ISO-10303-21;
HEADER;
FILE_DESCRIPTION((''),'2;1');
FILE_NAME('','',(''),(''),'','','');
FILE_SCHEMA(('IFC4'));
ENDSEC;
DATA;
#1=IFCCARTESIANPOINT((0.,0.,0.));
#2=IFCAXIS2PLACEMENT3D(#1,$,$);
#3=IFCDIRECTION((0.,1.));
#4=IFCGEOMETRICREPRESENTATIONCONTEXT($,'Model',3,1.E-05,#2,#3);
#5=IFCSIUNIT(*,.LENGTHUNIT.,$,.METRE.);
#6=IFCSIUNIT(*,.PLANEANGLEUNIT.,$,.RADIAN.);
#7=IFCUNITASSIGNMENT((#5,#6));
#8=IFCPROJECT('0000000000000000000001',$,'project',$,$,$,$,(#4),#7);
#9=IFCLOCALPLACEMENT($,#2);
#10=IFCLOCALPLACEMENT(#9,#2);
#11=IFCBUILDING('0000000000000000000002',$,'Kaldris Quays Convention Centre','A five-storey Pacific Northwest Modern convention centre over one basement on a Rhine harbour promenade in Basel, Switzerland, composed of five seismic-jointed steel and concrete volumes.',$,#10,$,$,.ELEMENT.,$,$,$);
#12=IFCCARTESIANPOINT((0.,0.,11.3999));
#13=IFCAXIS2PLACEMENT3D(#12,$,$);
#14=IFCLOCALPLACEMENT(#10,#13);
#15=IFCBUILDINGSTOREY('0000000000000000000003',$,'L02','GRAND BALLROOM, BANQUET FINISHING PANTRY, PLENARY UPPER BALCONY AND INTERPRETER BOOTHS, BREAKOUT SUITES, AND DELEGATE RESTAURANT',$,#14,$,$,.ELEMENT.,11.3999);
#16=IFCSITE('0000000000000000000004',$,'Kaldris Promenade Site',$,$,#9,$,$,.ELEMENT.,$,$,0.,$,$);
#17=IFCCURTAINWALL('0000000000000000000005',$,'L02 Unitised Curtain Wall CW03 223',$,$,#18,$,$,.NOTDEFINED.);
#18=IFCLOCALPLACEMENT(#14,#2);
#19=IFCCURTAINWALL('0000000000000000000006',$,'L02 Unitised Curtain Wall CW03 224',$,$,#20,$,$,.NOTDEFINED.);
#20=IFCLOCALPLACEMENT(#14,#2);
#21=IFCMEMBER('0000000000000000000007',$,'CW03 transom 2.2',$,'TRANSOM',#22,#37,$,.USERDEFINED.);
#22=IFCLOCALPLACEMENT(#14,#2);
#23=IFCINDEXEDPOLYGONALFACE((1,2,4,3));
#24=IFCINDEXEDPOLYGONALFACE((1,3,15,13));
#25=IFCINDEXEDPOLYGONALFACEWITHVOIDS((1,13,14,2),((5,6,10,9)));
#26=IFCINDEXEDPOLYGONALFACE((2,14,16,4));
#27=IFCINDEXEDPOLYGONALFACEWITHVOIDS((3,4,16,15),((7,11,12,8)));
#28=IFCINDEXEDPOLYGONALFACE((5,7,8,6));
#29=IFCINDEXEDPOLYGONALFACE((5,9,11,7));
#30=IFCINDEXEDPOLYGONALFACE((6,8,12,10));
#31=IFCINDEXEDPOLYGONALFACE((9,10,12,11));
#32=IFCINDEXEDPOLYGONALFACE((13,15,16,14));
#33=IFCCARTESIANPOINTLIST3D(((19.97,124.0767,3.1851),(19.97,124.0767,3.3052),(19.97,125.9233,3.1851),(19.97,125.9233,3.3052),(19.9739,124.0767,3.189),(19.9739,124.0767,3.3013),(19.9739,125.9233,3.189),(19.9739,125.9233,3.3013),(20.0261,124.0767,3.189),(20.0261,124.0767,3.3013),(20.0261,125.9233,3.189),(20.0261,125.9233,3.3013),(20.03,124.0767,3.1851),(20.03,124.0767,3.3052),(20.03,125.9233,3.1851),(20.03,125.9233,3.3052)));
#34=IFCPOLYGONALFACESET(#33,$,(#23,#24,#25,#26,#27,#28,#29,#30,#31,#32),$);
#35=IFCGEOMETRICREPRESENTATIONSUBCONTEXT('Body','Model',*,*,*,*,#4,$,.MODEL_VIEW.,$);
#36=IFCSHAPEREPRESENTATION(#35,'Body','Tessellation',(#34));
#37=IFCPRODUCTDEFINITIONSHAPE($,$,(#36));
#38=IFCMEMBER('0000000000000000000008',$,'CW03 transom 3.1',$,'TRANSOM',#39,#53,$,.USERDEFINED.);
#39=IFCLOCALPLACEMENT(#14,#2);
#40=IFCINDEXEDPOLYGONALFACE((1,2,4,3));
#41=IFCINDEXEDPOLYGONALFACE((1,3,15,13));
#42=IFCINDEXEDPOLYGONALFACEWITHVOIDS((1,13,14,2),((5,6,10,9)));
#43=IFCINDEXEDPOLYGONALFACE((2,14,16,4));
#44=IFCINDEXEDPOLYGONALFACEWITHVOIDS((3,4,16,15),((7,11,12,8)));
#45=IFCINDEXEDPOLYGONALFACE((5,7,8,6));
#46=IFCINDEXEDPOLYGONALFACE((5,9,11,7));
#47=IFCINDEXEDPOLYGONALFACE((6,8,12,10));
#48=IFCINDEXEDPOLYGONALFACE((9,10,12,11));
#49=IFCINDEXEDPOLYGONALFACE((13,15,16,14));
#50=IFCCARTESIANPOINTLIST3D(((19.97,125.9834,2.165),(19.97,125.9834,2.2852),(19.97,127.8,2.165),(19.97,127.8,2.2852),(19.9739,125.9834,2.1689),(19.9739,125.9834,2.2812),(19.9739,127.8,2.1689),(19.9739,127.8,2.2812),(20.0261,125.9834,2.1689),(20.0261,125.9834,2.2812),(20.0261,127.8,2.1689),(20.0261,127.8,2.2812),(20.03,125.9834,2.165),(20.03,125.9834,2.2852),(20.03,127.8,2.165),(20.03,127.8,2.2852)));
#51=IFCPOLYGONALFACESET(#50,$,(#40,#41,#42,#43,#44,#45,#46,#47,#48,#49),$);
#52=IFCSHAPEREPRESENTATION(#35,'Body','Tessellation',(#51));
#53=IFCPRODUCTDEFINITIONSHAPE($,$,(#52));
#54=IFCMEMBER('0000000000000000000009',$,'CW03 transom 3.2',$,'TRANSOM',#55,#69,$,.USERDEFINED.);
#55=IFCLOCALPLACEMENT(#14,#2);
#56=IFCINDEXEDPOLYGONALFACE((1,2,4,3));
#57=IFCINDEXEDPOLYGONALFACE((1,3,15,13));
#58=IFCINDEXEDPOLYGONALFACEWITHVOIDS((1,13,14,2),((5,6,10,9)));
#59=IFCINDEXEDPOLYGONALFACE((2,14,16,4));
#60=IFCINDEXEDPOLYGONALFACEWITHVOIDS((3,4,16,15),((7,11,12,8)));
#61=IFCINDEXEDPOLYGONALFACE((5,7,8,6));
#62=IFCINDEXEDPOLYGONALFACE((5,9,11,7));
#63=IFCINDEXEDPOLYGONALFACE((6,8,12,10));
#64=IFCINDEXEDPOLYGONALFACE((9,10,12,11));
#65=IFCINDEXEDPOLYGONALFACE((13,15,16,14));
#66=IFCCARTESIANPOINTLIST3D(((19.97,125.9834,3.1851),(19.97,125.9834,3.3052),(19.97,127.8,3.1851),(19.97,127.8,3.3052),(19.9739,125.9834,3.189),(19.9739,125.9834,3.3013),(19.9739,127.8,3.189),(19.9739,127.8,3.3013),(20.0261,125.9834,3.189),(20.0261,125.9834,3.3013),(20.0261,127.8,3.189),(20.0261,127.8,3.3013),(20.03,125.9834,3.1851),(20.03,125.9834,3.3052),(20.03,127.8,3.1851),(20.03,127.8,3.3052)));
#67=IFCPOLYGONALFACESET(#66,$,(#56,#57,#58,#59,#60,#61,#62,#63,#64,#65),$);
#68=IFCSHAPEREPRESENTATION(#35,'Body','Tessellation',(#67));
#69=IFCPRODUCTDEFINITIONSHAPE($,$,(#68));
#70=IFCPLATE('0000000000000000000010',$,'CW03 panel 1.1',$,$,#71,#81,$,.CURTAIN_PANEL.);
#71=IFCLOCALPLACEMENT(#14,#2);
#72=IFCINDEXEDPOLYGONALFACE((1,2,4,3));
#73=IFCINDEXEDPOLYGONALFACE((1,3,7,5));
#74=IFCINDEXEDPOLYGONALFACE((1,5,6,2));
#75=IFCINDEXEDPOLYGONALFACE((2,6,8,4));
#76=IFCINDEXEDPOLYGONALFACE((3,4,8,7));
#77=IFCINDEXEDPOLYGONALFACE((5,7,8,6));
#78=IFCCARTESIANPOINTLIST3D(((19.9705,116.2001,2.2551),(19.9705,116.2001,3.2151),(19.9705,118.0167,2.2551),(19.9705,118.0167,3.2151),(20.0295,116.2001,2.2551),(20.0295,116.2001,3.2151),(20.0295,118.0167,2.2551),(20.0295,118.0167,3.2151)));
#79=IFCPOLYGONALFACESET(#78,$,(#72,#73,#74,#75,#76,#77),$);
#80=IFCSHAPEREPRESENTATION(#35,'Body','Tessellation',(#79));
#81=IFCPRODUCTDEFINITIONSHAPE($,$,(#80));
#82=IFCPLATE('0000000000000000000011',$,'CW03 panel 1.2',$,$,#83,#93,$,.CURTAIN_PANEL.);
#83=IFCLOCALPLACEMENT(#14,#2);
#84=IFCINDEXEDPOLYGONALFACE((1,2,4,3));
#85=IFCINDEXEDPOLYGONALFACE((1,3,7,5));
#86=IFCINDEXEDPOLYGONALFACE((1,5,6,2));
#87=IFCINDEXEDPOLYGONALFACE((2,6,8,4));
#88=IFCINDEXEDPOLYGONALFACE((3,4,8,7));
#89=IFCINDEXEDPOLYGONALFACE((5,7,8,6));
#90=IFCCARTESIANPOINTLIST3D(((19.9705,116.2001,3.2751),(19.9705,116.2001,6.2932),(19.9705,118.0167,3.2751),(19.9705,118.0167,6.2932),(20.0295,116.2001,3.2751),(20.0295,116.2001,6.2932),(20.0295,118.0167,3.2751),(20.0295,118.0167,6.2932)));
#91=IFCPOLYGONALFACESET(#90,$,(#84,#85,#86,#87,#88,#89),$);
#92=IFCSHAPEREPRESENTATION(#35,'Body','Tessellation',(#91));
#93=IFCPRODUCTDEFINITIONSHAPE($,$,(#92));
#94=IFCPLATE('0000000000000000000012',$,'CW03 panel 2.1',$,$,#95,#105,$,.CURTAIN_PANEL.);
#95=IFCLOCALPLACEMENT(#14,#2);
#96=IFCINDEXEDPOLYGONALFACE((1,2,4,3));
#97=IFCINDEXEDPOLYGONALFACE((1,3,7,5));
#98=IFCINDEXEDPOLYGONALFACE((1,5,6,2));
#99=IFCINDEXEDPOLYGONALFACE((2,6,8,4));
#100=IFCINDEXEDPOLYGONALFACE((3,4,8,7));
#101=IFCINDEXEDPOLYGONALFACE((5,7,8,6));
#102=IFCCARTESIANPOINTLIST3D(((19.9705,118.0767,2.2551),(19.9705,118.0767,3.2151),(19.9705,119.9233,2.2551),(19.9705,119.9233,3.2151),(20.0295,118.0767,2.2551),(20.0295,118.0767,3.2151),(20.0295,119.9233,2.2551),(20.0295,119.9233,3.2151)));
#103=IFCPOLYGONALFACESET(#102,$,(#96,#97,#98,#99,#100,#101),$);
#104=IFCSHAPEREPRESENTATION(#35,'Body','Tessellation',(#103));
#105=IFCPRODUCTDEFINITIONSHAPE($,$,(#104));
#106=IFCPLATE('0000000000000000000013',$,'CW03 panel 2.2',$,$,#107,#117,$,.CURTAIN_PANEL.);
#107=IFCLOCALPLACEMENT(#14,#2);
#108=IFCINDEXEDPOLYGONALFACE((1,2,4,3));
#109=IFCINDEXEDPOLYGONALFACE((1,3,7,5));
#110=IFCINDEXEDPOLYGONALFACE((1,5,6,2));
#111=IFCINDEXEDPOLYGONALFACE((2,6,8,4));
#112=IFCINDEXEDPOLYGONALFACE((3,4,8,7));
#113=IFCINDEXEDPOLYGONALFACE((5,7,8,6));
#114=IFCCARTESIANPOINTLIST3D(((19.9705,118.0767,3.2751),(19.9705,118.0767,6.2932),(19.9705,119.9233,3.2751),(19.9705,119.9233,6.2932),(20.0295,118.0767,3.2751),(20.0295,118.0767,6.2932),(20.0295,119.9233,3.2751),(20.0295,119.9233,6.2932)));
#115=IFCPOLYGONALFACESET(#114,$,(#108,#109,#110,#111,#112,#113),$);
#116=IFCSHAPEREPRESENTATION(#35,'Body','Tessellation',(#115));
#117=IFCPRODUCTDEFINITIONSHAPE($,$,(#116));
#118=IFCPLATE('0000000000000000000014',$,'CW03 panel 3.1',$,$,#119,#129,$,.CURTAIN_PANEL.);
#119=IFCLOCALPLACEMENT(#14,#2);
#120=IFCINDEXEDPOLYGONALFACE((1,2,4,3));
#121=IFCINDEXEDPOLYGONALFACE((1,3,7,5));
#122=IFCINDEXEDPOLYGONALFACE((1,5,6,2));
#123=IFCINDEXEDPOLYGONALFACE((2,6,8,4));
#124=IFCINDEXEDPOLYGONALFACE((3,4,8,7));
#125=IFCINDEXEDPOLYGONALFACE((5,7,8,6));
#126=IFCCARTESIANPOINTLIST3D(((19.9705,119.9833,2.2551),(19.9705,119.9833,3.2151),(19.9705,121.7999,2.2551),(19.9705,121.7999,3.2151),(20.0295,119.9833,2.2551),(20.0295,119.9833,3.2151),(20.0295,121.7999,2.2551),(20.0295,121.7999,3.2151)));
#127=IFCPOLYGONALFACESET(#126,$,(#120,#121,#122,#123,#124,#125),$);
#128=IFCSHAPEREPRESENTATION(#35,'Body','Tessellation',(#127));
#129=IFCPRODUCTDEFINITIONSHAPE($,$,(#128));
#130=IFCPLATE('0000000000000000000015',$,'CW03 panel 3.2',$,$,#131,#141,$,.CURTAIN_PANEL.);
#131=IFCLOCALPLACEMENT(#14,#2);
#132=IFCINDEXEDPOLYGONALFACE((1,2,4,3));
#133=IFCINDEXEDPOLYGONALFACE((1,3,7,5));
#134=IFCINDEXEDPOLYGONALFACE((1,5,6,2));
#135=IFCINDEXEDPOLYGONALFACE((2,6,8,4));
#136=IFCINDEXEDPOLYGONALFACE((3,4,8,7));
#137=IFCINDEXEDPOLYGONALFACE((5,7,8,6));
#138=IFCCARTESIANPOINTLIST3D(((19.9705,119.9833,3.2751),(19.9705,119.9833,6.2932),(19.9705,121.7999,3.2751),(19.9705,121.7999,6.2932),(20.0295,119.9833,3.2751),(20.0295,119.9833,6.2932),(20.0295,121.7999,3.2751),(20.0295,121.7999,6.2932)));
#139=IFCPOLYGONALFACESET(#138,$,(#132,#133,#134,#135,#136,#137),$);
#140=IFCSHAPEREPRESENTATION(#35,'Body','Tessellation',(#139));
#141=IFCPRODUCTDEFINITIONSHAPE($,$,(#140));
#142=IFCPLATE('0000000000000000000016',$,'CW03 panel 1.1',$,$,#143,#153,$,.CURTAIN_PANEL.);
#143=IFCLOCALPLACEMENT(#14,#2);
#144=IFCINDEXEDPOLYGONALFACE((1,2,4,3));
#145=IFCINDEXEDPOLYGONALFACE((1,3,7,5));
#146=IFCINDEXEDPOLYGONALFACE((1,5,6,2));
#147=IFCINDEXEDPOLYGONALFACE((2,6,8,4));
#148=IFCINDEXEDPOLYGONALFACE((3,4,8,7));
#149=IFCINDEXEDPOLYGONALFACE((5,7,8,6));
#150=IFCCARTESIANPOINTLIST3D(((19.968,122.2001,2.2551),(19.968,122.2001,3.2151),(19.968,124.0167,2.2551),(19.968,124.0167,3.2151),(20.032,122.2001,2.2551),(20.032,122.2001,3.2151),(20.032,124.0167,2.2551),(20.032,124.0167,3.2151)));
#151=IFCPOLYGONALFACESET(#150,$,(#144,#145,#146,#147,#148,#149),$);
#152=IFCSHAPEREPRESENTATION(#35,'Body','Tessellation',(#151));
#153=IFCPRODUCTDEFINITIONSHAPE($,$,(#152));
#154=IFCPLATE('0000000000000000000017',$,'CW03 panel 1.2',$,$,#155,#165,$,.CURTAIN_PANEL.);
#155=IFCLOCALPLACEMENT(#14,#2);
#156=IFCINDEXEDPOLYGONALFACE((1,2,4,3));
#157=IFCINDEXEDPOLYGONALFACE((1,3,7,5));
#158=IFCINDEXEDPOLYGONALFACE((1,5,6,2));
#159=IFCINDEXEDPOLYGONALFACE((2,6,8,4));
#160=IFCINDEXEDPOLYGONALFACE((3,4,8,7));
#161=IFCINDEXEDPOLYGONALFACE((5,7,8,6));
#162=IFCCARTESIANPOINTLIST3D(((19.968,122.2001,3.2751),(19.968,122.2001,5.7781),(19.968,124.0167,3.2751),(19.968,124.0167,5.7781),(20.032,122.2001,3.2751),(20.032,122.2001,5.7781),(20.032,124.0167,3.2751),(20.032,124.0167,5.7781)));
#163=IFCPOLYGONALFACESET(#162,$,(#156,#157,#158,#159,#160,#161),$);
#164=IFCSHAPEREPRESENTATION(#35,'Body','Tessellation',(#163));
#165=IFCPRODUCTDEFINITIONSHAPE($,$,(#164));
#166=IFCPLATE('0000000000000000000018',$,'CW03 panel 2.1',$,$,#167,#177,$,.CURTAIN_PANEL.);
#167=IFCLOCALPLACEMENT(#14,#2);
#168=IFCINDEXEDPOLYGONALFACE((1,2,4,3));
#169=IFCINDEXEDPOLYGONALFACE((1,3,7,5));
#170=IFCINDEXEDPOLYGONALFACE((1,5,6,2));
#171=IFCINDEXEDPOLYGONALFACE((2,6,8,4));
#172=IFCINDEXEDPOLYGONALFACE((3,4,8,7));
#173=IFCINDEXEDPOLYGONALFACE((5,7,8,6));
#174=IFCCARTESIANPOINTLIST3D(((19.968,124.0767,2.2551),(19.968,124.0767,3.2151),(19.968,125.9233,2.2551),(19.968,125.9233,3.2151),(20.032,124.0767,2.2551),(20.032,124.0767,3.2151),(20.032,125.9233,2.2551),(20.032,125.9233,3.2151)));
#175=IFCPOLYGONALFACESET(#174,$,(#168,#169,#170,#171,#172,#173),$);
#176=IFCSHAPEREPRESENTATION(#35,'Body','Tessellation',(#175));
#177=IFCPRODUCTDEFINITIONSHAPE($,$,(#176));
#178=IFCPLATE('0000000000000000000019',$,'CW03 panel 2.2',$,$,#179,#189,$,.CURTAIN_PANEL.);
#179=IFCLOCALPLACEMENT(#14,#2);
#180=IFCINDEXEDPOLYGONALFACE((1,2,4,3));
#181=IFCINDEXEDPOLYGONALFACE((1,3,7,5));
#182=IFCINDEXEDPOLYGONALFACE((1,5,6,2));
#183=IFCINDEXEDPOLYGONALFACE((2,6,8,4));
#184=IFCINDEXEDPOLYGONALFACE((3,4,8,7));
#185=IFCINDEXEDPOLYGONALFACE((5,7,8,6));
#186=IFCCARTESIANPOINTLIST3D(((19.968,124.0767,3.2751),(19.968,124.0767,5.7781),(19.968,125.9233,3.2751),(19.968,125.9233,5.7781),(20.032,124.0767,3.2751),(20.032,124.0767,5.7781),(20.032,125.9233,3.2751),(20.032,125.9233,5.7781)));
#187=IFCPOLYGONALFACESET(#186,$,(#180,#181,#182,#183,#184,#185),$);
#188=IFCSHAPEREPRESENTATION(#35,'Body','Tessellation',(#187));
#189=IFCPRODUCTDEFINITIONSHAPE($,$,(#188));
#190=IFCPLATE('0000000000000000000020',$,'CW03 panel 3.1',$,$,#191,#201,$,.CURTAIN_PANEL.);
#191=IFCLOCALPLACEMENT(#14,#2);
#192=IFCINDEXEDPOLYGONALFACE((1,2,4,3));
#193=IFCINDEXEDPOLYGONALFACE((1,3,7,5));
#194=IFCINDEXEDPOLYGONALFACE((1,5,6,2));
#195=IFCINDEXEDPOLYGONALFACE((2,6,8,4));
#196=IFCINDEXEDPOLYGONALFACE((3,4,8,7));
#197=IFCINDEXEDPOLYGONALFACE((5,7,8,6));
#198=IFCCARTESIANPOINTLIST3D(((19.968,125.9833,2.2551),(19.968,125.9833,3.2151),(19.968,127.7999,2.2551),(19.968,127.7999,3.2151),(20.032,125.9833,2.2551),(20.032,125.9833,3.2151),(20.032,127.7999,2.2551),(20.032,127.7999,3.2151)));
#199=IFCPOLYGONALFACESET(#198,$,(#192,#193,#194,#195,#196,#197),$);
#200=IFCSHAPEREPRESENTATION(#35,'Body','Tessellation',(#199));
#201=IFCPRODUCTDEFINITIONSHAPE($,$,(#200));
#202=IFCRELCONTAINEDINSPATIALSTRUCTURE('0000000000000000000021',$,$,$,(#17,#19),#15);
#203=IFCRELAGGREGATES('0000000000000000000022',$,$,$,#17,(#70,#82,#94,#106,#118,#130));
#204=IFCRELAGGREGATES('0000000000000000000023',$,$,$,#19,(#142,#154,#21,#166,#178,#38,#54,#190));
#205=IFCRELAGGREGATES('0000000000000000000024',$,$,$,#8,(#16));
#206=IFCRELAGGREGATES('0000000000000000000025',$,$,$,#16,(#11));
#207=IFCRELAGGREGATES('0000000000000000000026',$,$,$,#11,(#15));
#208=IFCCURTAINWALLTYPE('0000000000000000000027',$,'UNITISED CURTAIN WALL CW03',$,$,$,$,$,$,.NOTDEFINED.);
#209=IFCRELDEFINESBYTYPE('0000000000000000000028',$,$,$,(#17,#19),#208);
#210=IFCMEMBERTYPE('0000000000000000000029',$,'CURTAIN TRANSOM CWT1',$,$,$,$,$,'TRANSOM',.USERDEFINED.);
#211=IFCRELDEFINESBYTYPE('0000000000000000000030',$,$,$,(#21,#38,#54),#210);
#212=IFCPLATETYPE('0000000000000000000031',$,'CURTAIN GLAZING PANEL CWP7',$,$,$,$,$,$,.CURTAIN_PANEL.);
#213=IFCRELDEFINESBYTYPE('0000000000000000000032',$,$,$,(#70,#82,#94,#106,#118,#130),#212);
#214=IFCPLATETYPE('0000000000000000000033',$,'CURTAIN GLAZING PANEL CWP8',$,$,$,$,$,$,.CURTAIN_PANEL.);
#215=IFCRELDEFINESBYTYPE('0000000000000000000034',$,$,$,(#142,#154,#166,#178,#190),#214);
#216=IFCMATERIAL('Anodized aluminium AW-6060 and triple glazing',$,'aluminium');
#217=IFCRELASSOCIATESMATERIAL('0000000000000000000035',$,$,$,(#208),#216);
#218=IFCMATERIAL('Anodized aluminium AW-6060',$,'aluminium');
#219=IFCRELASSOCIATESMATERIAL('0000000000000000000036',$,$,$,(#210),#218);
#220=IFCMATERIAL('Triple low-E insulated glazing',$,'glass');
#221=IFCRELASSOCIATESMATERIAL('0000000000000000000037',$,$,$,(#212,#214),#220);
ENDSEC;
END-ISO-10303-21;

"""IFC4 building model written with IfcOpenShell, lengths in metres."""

from ifc_helpers import new_model, si_unit, direction, frame, origin, origin_2d, place, context, subcontext, project, spatial, rectangle, hollow_rectangle, extrude, material, material_profile, profile_set, type_object, element, aggregate, save


model = new_model("IFC4")

# Units and contexts
model_context = context("Model", 3, precision=1e-05, world=origin(), true_north=direction((0.0, 1.0)))
body_context = subcontext(model_context, "Body", "Model", "MODEL_VIEW")
ifc_project = project(units=[si_unit("LENGTHUNIT", "METRE"), si_unit("PLANEANGLEUNIT", "RADIAN")], contexts=[model_context])

# Site, building, storey
site_placement = place(None, origin())
site = spatial("IfcSite", under=ifc_project, at=site_placement, Name="Kaldris Promenade Site", CompositionType="ELEMENT", RefElevation=0.0)
building_placement = place(site_placement, origin())
building = spatial("IfcBuilding", under=site, at=building_placement, Name="Kaldris Quays Convention Centre", Description="A five-storey Pacific Northwest Modern convention centre over one basement on a Rhine harbour promenade in Basel, Switzerland, composed of five seismic-jointed steel and concrete volumes.", CompositionType="ELEMENT")
storey_placement = place(building_placement, frame((0.0, 0.0, 11.3999)))
storey = spatial("IfcBuildingStorey", under=building, at=storey_placement, Name="L02", Description="GRAND BALLROOM, BANQUET FINISHING PANTRY, PLENARY UPPER BALCONY AND INTERPRETER BOOTHS, BREAKOUT SUITES, AND DELEGATE RESTAURANT", CompositionType="ELEMENT", Elevation=11.3999)

# Curtain walls
ifc_material_1 = material(Name="Anodized aluminium AW-6060 and triple glazing", Category="aluminium")
curtain_wall_type = type_object("IfcCurtainWallType", Name="UNITISED CURTAIN WALL CW03", PredefinedType="NOTDEFINED", material=ifc_material_1)
curtain_wall_1_placement = place(storey_placement, origin())
curtain_wall_1 = element("IfcCurtainWall", 1, at=curtain_wall_1_placement, inside=storey, type_object=curtain_wall_type, Name="L02 Unitised Curtain Wall CW03 223", PredefinedType="NOTDEFINED")
ifc_material_2 = material(Name="Anodized aluminium AW-6060", Category="aluminium")
curtain_wall_2_placement = place(storey_placement, origin())
curtain_wall_2 = element("IfcCurtainWall", 2, at=curtain_wall_2_placement, inside=storey, type_object=curtain_wall_type, Name="L02 Unitised Curtain Wall CW03 224", PredefinedType="NOTDEFINED")

# Members
ifc_material_profile_1 = material_profile(ifc_material_2, hollow_rectangle(XDim=0.0601, YDim=0.1201, WallThickness=0.0039, at=origin_2d()), Name="RHS 120x60x4")
ifc_profile_set_1 = profile_set([ifc_material_profile_1], Name="Anodized aluminium AW-6060")
member_type_1 = type_object("IfcMemberType", Name="CURTAIN TRANSOM CWT1", ElementType="TRANSOM", PredefinedType="USERDEFINED", material=ifc_profile_set_1)
member_1_placement = place(storey_placement, frame((20.0, 124.0767, 3.2451), z_axis=(0.0, 1.0, 0.0), x_axis=(-1.0, 0.0, 0.0)))
member_1 = element("IfcMember", 3, at=member_1_placement, type_object=member_type_1, Name="CW03 transom 2.2", ObjectType="TRANSOM", PredefinedType="USERDEFINED", context=body_context, shape_type="SweptSolid", body=[
    extrude(hollow_rectangle(XDim=0.0601, YDim=0.1201, WallThickness=0.0039, at=origin_2d()), origin(), (0.0, 0.0, 1.0), 1.8467),
])
member_2_placement = place(storey_placement, frame((20.0, 125.9834, 2.2251), z_axis=(0.0, 1.0, 0.0), x_axis=(-1.0, 0.0, 0.0)))
member_2 = element("IfcMember", 4, at=member_2_placement, type_object=member_type_1, Name="CW03 transom 3.1", ObjectType="TRANSOM", PredefinedType="USERDEFINED", context=body_context, shape_type="SweptSolid", body=[
    extrude(hollow_rectangle(XDim=0.0601, YDim=0.1201, WallThickness=0.0039, at=origin_2d()), origin(), (0.0, 0.0, 1.0), 1.8167),
])
member_3_placement = place(storey_placement, frame((20.0, 125.9834, 3.2451), z_axis=(0.0, 1.0, 0.0), x_axis=(-1.0, 0.0, 0.0)))
member_3 = element("IfcMember", 5, at=member_3_placement, type_object=member_type_1, Name="CW03 transom 3.2", ObjectType="TRANSOM", PredefinedType="USERDEFINED", context=body_context, shape_type="SweptSolid", body=[
    extrude(hollow_rectangle(XDim=0.0601, YDim=0.1201, WallThickness=0.0039, at=origin_2d()), origin(), (0.0, 0.0, 1.0), 1.8167),
])

# Plates
ifc_material_3 = material(Name="Triple low-E insulated glazing", Category="glass")
plate_type_1 = type_object("IfcPlateType", Name="CURTAIN GLAZING PANEL CWP7", PredefinedType="CURTAIN_PANEL", material=ifc_material_3)
plate_1_placement = place(storey_placement, frame((20.0, 117.1084, 2.2551), z_axis=(0.0, 0.0, 1.0), x_axis=(0.0, 1.0, 0.0)))
plate_1 = element("IfcPlate", 6, at=plate_1_placement, type_object=plate_type_1, Name="CW03 panel 1.1", PredefinedType="CURTAIN_PANEL", context=body_context, shape_type="SweptSolid", body=[
    extrude(rectangle(XDim=1.8167, YDim=0.0591, at=origin_2d()), origin(), (0.0, 0.0, 1.0), 0.96),
])
plate_2_placement = place(storey_placement, frame((20.0, 117.1084, 3.2751), z_axis=(0.0, 0.0, 1.0), x_axis=(0.0, 1.0, 0.0)))
plate_2 = element("IfcPlate", 7, at=plate_2_placement, type_object=plate_type_1, Name="CW03 panel 1.2", PredefinedType="CURTAIN_PANEL", context=body_context, shape_type="SweptSolid", body=[
    extrude(rectangle(XDim=1.8167, YDim=0.0591, at=origin_2d()), origin(), (0.0, 0.0, 1.0), 3.0181),
])
plate_3_placement = place(storey_placement, frame((20.0, 119.0, 2.2551), z_axis=(0.0, 0.0, 1.0), x_axis=(0.0, 1.0, 0.0)))
plate_3 = element("IfcPlate", 8, at=plate_3_placement, type_object=plate_type_1, Name="CW03 panel 2.1", PredefinedType="CURTAIN_PANEL", context=body_context, shape_type="SweptSolid", body=[
    extrude(rectangle(XDim=1.8467, YDim=0.0591, at=origin_2d()), origin(), (0.0, 0.0, 1.0), 0.96),
])
plate_4_placement = place(storey_placement, frame((20.0, 119.0, 3.2751), z_axis=(0.0, 0.0, 1.0), x_axis=(0.0, 1.0, 0.0)))
plate_4 = element("IfcPlate", 9, at=plate_4_placement, type_object=plate_type_1, Name="CW03 panel 2.2", PredefinedType="CURTAIN_PANEL", context=body_context, shape_type="SweptSolid", body=[
    extrude(rectangle(XDim=1.8467, YDim=0.0591, at=origin_2d()), origin(), (0.0, 0.0, 1.0), 3.0181),
])
plate_5_placement = place(storey_placement, frame((20.0, 120.8916, 2.2551), z_axis=(0.0, 0.0, 1.0), x_axis=(0.0, 1.0, 0.0)))
plate_5 = element("IfcPlate", 10, at=plate_5_placement, type_object=plate_type_1, Name="CW03 panel 3.1", PredefinedType="CURTAIN_PANEL", context=body_context, shape_type="SweptSolid", body=[
    extrude(rectangle(XDim=1.8167, YDim=0.0591, at=origin_2d()), origin(), (0.0, 0.0, 1.0), 0.96),
])
plate_6_placement = place(storey_placement, frame((20.0, 120.8916, 3.2751), z_axis=(0.0, 0.0, 1.0), x_axis=(0.0, 1.0, 0.0)))
plate_6 = element("IfcPlate", 11, at=plate_6_placement, type_object=plate_type_1, Name="CW03 panel 3.2", PredefinedType="CURTAIN_PANEL", context=body_context, shape_type="SweptSolid", body=[
    extrude(rectangle(XDim=1.8167, YDim=0.0591, at=origin_2d()), origin(), (0.0, 0.0, 1.0), 3.0181),
])
aggregate(curtain_wall_1, [plate_1, plate_2, plate_3, plate_4, plate_5, plate_6])
plate_type_2 = type_object("IfcPlateType", Name="CURTAIN GLAZING PANEL CWP8", PredefinedType="CURTAIN_PANEL", material=ifc_material_3)
plate_7_placement = place(storey_placement, frame((20.0, 123.1084, 2.2551), z_axis=(0.0, 0.0, 1.0), x_axis=(0.0, 1.0, 0.0)))
plate_7 = element("IfcPlate", 12, at=plate_7_placement, type_object=plate_type_2, Name="CW03 panel 1.1", PredefinedType="CURTAIN_PANEL", context=body_context, shape_type="SweptSolid", body=[
    extrude(rectangle(XDim=1.8167, YDim=0.064, at=origin_2d()), origin(), (0.0, 0.0, 1.0), 0.96),
])
plate_8_placement = place(storey_placement, frame((20.0, 123.1084, 3.2751), z_axis=(0.0, 0.0, 1.0), x_axis=(0.0, 1.0, 0.0)))
plate_8 = element("IfcPlate", 13, at=plate_8_placement, type_object=plate_type_2, Name="CW03 panel 1.2", PredefinedType="CURTAIN_PANEL", context=body_context, shape_type="SweptSolid", body=[
    extrude(rectangle(XDim=1.8167, YDim=0.064, at=origin_2d()), origin(), (0.0, 0.0, 1.0), 2.5029),
])
plate_9_placement = place(storey_placement, frame((20.0, 125.0, 2.2551), z_axis=(0.0, 0.0, 1.0), x_axis=(0.0, 1.0, 0.0)))
plate_9 = element("IfcPlate", 14, at=plate_9_placement, type_object=plate_type_2, Name="CW03 panel 2.1", PredefinedType="CURTAIN_PANEL", context=body_context, shape_type="SweptSolid", body=[
    extrude(rectangle(XDim=1.8467, YDim=0.064, at=origin_2d()), origin(), (0.0, 0.0, 1.0), 0.96),
])
plate_10_placement = place(storey_placement, frame((20.0, 125.0, 3.2751), z_axis=(0.0, 0.0, 1.0), x_axis=(0.0, 1.0, 0.0)))
plate_10 = element("IfcPlate", 15, at=plate_10_placement, type_object=plate_type_2, Name="CW03 panel 2.2", PredefinedType="CURTAIN_PANEL", context=body_context, shape_type="SweptSolid", body=[
    extrude(rectangle(XDim=1.8467, YDim=0.064, at=origin_2d()), origin(), (0.0, 0.0, 1.0), 2.5029),
])
plate_11_placement = place(storey_placement, frame((20.0, 126.8916, 2.2551), z_axis=(0.0, 0.0, 1.0), x_axis=(0.0, 1.0, 0.0)))
plate_11 = element("IfcPlate", 16, at=plate_11_placement, type_object=plate_type_2, Name="CW03 panel 3.1", PredefinedType="CURTAIN_PANEL", context=body_context, shape_type="SweptSolid", body=[
    extrude(rectangle(XDim=1.8167, YDim=0.064, at=origin_2d()), origin(), (0.0, 0.0, 1.0), 0.96),
])
aggregate(curtain_wall_2, [plate_7, plate_8, member_1, plate_9, plate_10, member_2, member_3, plate_11])

save(model, "model.ifc")
